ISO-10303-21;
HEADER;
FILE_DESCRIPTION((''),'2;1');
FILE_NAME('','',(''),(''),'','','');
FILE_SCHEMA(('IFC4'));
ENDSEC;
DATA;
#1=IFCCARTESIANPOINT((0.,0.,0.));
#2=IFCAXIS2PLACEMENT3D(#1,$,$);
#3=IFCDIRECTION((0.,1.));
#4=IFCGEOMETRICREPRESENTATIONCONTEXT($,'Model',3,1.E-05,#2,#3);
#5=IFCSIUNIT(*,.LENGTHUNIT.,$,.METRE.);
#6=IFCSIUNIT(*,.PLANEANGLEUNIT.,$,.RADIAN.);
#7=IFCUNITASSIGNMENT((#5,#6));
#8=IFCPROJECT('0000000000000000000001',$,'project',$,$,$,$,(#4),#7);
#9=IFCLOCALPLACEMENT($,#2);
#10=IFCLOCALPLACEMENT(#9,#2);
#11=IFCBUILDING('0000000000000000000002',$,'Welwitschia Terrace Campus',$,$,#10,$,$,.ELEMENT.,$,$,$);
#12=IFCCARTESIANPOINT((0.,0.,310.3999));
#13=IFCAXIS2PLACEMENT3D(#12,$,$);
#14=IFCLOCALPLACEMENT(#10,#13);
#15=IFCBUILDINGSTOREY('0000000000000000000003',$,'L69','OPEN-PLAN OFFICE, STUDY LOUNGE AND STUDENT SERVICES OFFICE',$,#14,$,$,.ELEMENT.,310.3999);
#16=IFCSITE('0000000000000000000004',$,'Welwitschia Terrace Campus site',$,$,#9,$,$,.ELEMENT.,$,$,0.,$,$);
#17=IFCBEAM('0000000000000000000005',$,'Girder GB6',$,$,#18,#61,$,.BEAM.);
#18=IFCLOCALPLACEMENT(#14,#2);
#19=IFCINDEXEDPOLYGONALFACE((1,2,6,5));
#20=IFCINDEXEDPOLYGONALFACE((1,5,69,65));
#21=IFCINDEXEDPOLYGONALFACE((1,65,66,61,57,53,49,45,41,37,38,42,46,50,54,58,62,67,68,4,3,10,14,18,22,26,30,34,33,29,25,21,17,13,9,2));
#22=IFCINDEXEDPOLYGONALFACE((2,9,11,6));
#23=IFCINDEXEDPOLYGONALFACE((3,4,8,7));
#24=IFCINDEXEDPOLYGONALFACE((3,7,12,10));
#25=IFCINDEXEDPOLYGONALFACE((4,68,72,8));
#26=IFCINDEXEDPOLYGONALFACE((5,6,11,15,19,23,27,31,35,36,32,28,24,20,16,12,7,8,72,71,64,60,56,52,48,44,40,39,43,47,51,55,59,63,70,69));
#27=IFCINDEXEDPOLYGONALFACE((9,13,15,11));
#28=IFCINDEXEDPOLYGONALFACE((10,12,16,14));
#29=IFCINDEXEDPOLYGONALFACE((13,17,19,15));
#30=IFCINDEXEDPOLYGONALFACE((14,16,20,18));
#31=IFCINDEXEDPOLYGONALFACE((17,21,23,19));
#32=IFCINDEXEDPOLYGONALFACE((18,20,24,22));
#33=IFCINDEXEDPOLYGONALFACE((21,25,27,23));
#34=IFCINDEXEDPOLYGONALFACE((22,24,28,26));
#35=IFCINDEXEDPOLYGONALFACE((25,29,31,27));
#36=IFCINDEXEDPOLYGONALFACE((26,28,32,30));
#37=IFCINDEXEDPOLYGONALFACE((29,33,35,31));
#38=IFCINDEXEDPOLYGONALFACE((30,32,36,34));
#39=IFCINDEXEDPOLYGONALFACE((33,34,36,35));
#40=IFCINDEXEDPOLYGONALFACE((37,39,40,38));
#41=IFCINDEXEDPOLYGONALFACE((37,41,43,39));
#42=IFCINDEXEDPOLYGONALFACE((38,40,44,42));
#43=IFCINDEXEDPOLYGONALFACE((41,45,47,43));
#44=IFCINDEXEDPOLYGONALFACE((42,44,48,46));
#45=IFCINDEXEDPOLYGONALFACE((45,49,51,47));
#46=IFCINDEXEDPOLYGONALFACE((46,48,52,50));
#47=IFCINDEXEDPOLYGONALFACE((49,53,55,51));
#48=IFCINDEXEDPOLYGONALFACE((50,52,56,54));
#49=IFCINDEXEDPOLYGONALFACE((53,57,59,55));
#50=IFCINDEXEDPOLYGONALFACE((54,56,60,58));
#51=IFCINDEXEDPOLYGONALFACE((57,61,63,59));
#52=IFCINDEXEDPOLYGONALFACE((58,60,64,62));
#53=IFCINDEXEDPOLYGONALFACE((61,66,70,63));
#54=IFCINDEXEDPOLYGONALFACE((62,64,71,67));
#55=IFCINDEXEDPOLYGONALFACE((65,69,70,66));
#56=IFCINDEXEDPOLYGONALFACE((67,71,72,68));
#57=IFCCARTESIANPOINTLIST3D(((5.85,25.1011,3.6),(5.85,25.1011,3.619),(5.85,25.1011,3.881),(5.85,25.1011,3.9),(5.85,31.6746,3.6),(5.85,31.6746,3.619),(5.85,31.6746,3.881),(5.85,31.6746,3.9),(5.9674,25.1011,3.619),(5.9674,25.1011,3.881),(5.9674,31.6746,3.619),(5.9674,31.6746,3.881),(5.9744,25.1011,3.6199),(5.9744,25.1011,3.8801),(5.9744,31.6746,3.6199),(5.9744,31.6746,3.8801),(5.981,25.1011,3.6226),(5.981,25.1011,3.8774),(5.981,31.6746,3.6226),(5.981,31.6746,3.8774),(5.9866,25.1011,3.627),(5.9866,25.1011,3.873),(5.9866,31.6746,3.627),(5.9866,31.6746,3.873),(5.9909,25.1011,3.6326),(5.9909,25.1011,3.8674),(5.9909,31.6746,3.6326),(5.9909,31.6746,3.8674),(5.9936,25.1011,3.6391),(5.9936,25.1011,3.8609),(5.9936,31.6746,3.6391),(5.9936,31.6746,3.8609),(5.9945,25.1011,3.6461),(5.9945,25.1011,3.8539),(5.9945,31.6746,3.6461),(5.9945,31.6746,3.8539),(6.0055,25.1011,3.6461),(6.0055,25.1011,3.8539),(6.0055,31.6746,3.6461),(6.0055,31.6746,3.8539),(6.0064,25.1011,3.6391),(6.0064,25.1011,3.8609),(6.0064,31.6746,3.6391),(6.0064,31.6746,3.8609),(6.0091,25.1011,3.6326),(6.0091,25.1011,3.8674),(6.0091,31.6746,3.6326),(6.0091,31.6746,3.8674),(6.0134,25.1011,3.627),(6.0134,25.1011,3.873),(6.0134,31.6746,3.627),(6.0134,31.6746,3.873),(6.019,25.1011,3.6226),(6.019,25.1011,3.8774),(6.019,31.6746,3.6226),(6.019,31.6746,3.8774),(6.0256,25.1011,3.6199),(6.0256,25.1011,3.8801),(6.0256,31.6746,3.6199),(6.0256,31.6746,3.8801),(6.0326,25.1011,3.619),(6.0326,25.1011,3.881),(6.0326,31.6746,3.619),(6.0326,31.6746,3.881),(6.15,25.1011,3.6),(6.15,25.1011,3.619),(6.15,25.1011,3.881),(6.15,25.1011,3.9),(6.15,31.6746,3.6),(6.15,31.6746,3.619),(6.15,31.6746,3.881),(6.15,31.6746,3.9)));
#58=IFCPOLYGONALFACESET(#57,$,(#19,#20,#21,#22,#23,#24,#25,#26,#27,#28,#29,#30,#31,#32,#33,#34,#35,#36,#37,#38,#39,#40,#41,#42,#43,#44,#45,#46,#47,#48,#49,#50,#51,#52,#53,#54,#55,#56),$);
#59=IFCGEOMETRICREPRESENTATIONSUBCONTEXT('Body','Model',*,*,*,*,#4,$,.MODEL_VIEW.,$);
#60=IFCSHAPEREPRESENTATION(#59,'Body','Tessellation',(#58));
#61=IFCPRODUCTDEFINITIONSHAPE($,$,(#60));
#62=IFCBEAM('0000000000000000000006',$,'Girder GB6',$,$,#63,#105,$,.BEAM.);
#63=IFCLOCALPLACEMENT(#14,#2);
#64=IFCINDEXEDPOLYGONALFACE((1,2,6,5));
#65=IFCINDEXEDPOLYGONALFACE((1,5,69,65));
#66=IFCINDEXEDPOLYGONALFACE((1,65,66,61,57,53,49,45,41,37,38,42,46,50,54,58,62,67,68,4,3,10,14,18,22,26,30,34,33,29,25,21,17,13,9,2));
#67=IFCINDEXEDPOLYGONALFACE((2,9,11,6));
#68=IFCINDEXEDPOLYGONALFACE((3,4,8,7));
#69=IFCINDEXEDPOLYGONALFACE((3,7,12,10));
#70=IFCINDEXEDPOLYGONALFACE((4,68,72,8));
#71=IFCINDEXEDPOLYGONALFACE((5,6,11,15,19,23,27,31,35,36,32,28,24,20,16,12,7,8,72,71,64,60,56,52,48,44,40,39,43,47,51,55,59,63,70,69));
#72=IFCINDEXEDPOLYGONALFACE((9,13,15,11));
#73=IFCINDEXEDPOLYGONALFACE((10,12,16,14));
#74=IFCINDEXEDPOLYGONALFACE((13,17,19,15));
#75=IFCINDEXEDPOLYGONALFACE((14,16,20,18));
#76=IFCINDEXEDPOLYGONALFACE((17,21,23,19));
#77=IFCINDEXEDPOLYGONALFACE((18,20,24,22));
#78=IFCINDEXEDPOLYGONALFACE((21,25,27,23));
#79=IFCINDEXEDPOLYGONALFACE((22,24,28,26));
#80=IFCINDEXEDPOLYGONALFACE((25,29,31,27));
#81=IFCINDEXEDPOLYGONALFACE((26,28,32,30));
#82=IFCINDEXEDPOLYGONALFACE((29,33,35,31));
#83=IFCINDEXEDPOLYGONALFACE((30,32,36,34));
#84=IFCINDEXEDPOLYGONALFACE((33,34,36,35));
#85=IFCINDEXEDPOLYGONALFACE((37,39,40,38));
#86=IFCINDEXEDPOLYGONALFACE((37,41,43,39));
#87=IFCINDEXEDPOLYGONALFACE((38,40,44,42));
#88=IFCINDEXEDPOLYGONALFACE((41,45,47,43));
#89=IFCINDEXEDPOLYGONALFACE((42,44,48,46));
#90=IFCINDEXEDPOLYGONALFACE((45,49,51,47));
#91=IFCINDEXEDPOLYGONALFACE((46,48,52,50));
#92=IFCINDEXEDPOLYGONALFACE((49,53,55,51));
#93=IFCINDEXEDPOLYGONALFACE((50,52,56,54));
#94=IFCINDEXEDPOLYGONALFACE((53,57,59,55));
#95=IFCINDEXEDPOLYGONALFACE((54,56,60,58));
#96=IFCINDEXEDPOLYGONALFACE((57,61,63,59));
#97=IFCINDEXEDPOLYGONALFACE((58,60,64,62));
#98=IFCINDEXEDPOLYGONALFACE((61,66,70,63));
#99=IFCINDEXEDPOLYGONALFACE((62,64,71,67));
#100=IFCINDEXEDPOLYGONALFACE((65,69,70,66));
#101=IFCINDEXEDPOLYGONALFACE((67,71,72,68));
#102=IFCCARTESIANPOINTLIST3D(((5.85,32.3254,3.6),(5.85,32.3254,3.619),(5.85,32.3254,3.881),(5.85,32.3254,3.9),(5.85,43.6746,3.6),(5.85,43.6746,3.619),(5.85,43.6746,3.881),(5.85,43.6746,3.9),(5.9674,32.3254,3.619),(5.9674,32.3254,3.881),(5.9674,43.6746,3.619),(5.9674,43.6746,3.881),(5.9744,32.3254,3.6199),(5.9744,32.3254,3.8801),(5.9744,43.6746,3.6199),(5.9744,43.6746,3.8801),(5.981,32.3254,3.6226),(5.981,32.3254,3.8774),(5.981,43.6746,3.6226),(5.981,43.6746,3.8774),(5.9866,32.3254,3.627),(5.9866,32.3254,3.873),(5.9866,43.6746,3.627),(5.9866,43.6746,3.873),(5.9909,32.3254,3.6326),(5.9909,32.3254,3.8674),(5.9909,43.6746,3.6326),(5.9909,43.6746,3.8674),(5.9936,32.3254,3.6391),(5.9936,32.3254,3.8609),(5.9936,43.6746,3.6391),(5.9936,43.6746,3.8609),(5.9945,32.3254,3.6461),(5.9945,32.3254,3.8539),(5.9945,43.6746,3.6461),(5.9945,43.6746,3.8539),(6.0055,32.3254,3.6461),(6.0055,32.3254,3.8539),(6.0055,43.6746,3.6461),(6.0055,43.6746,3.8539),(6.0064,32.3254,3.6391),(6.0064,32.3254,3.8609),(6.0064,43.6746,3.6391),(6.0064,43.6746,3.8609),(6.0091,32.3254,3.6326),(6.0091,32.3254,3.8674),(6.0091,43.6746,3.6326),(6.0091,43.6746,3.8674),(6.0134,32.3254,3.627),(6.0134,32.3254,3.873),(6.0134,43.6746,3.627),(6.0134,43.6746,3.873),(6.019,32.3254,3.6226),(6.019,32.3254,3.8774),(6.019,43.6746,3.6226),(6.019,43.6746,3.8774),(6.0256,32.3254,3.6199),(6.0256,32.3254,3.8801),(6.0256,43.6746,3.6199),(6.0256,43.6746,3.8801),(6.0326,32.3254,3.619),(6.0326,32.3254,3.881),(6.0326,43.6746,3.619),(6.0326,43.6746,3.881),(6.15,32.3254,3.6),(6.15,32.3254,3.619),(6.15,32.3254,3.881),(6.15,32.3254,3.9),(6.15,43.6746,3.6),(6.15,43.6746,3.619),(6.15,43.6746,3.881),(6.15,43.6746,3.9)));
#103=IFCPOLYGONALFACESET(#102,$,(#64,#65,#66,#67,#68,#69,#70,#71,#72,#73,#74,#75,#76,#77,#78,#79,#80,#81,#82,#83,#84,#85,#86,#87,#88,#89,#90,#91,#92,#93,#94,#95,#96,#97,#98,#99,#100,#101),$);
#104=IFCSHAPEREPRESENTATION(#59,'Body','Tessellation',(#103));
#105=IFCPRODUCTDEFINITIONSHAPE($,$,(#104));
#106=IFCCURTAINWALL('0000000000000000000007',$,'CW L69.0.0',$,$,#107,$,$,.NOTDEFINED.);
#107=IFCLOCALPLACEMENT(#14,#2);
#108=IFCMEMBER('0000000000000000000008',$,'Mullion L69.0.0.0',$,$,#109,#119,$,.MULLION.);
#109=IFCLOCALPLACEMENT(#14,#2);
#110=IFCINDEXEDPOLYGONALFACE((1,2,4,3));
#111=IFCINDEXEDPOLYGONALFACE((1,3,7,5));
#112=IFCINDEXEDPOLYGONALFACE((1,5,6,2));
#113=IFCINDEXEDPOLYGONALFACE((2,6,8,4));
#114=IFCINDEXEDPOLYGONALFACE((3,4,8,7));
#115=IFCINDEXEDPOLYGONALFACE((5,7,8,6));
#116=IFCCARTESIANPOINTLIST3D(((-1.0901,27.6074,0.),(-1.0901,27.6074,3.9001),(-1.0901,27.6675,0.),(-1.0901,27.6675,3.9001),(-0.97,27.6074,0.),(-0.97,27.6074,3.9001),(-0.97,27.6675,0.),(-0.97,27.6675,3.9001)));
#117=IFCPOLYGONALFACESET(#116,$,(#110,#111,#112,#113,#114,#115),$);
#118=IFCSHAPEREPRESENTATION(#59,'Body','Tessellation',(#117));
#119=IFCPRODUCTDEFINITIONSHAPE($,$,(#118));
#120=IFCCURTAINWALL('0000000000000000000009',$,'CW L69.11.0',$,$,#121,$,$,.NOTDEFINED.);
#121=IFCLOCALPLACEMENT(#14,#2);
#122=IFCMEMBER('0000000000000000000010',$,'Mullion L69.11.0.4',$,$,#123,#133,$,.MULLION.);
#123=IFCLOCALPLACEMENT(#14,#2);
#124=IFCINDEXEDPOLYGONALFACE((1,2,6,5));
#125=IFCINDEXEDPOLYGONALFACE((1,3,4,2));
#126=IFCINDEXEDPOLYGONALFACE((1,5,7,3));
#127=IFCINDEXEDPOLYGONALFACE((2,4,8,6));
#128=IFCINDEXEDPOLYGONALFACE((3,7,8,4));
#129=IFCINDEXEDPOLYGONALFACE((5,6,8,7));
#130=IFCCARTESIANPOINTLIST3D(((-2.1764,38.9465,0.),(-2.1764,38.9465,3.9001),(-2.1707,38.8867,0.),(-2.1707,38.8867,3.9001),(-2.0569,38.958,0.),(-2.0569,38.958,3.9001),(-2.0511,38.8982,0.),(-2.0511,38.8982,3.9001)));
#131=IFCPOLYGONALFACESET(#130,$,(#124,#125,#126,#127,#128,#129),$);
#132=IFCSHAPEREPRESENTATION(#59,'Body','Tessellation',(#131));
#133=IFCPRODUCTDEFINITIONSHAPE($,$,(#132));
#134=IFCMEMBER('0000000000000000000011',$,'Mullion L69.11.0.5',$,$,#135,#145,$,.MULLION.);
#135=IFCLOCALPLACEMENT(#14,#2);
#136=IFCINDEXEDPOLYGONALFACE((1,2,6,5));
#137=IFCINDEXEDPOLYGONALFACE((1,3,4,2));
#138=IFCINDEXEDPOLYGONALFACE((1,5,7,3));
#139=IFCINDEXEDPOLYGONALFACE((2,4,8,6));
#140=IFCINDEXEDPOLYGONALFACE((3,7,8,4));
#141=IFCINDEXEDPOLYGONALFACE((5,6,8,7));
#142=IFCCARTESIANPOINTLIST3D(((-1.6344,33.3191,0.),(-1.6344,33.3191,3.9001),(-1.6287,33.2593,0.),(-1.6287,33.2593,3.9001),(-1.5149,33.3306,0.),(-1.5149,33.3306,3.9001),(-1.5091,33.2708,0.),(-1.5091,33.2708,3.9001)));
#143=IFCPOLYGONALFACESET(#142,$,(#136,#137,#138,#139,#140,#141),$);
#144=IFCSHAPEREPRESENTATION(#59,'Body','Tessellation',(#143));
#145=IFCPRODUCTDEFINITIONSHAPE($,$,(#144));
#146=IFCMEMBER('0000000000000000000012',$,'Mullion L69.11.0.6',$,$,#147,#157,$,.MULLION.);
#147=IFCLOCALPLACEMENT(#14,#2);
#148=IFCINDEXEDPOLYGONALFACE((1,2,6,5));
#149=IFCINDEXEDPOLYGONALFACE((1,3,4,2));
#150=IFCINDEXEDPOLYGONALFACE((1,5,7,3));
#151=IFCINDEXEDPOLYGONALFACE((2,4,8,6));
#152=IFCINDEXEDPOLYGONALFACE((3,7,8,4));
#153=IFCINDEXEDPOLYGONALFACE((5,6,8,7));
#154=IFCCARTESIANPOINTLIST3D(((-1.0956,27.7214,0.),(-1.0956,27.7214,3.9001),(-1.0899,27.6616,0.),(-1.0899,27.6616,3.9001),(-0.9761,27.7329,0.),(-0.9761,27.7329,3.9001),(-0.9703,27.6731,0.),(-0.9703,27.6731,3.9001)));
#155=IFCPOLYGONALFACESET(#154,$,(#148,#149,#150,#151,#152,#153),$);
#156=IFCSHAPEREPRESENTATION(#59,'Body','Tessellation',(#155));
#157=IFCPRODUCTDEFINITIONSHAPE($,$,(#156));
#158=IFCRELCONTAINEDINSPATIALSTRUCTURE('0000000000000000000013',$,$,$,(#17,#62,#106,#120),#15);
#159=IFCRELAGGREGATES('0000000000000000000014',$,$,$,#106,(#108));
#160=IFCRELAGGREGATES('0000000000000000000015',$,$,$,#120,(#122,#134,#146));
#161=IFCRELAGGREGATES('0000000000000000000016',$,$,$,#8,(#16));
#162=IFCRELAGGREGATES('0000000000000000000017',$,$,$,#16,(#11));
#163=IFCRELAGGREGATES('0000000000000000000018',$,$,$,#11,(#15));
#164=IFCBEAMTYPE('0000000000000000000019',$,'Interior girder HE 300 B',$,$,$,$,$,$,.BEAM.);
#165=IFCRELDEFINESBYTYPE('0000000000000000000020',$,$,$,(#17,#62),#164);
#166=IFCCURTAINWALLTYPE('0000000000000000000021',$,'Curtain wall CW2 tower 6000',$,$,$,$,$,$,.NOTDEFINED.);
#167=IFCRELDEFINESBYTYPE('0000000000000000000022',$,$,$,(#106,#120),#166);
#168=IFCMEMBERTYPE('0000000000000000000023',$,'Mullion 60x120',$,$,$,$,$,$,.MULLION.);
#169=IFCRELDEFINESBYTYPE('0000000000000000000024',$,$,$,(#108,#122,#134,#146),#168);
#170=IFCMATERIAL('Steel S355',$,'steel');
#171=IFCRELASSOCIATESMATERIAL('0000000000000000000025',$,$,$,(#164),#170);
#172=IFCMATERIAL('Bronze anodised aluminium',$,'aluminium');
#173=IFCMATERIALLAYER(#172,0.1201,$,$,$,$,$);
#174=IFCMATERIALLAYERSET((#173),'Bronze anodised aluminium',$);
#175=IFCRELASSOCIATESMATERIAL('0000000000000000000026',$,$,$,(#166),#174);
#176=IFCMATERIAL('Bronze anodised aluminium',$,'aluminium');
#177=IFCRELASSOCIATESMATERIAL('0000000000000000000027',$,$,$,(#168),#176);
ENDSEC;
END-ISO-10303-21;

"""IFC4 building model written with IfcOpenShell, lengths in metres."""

from ifc_helpers import new_model, si_unit, direction, frame, origin, origin_2d, place, context, subcontext, project, spatial, rectangle, i_section, extrude, material, layer, layer_set, material_profile, profile_set, type_object, element, aggregate, save


model = new_model("IFC4")

# Units and contexts
model_context = context("Model", 3, precision=1e-05, world=origin(), true_north=direction((0.0, 1.0)))
body_context = subcontext(model_context, "Body", "Model", "MODEL_VIEW")
ifc_project = project(units=[si_unit("LENGTHUNIT", "METRE"), si_unit("PLANEANGLEUNIT", "RADIAN")], contexts=[model_context])

# Site, building, storey
site_placement = place(None, origin())
site = spatial("IfcSite", under=ifc_project, at=site_placement, Name="Welwitschia Terrace Campus site", CompositionType="ELEMENT", RefElevation=0.0)
building_placement = place(site_placement, origin())
building = spatial("IfcBuilding", under=site, at=building_placement, Name="Welwitschia Terrace Campus", CompositionType="ELEMENT")
storey_placement = place(building_placement, frame((0.0, 0.0, 310.3999)))
storey = spatial("IfcBuildingStorey", under=building, at=storey_placement, Name="L69", Description="OPEN-PLAN OFFICE, STUDY LOUNGE AND STUDENT SERVICES OFFICE", CompositionType="ELEMENT", Elevation=310.3999)

# Beams
ifc_material_1 = material(Name="Steel S355", Category="steel")
ifc_material_profile_1 = material_profile(ifc_material_1, i_section(OverallWidth=0.3, OverallDepth=0.3, WebThickness=0.011, FlangeThickness=0.019, FilletRadius=0.0271, at=origin_2d()))
ifc_profile_set_1 = profile_set([ifc_material_profile_1], Name="Steel S355")
beam_type_1 = type_object("IfcBeamType", Name="Interior girder HE 300 B", PredefinedType="BEAM", material=ifc_profile_set_1)
beam_1_placement = place(storey_placement, frame((6.0, 25.1011, 3.75), z_axis=(0.0, 1.0, 0.0), x_axis=(-1.0, 0.0, 0.0)))
element("IfcBeam", 1, at=beam_1_placement, inside=storey, type_object=beam_type_1, Name="Girder GB6", PredefinedType="BEAM", context=body_context, shape_type="SweptSolid", body=[
    extrude(i_section(OverallWidth=0.3, OverallDepth=0.3, WebThickness=0.011, FlangeThickness=0.019, FilletRadius=0.0271, at=origin_2d()), origin(), (0.0, 0.0, 1.0), 6.5735),
])
beam_2_placement = place(storey_placement, frame((6.0, 32.3254, 3.75), z_axis=(0.0, 1.0, 0.0), x_axis=(-1.0, 0.0, 0.0)))
element("IfcBeam", 2, at=beam_2_placement, inside=storey, type_object=beam_type_1, Name="Girder GB6", PredefinedType="BEAM", context=body_context, shape_type="SweptSolid", body=[
    extrude(i_section(OverallWidth=0.3, OverallDepth=0.3, WebThickness=0.011, FlangeThickness=0.019, FilletRadius=0.0271, at=origin_2d()), origin(), (0.0, 0.0, 1.0), 11.3491),
])

# Curtain wall, member
ifc_material_2 = material(Name="Bronze anodised aluminium", Category="aluminium")
ifc_layer_1 = layer(ifc_material_2, 0.1201)
ifc_layer_set_1 = layer_set([ifc_layer_1], Name="Bronze anodised aluminium")
curtain_wall_type = type_object("IfcCurtainWallType", Name="Curtain wall CW2 tower 6000", PredefinedType="NOTDEFINED", material=ifc_layer_set_1)
curtain_wall_1_placement = place(storey_placement, origin())
curtain_wall_1 = element("IfcCurtainWall", 3, at=curtain_wall_1_placement, inside=storey, type_object=curtain_wall_type, Name="CW L69.0.0", PredefinedType="NOTDEFINED")
ifc_material_3 = material(Name="Bronze anodised aluminium", Category="aluminium")
ifc_material_profile_2 = material_profile(ifc_material_3, rectangle(XDim=0.1201, YDim=0.0601, at=origin_2d()))
ifc_profile_set_2 = profile_set([ifc_material_profile_2], Name="Bronze anodised aluminium")
member_type_1 = type_object("IfcMemberType", Name="Mullion 60x120", PredefinedType="MULLION", material=ifc_profile_set_2)
member_1_placement = place(storey_placement, frame((-1.03, 27.6375, 0.0), z_axis=(0.0, 0.0, 1.0), x_axis=(1.0, 0.0, 0.0)))
member_1 = element("IfcMember", 4, at=member_1_placement, type_object=member_type_1, Name="Mullion L69.0.0.0", PredefinedType="MULLION", context=body_context, shape_type="SweptSolid", body=[
    extrude(rectangle(XDim=0.1201, YDim=0.0601, at=origin_2d()), origin(), (0.0, 0.0, 1.0), 3.9001),
])

# Curtain wall, members
curtain_wall_2_placement = place(storey_placement, origin())
curtain_wall_2 = element("IfcCurtainWall", 5, at=curtain_wall_2_placement, inside=storey, type_object=curtain_wall_type, Name="CW L69.11.0", PredefinedType="NOTDEFINED")
member_2_placement = place(storey_placement, frame((-2.1138, 38.9224, 0.0), z_axis=(0.0, 0.0, 1.0), x_axis=(0.995396, 0.095846, 0.0)))
member_2 = element("IfcMember", 6, at=member_2_placement, type_object=member_type_1, Name="Mullion L69.11.0.4", PredefinedType="MULLION", context=body_context, shape_type="SweptSolid", body=[
    extrude(rectangle(XDim=0.1201, YDim=0.0601, at=origin_2d()), origin(), (0.0, 0.0, 1.0), 3.9001),
])
member_3_placement = place(storey_placement, frame((-1.5718, 33.2949, 0.0), z_axis=(0.0, 0.0, 1.0), x_axis=(0.995396, 0.095846, 0.0)))
member_3 = element("IfcMember", 7, at=member_3_placement, type_object=member_type_1, Name="Mullion L69.11.0.5", PredefinedType="MULLION", context=body_context, shape_type="SweptSolid", body=[
    extrude(rectangle(XDim=0.1201, YDim=0.0601, at=origin_2d()), origin(), (0.0, 0.0, 1.0), 3.9001),
])
member_4_placement = place(storey_placement, frame((-1.033, 27.6973, 0.0), z_axis=(0.0, 0.0, 1.0), x_axis=(0.995396, 0.095846, 0.0)))
member_4 = element("IfcMember", 8, at=member_4_placement, type_object=member_type_1, Name="Mullion L69.11.0.6", PredefinedType="MULLION", context=body_context, shape_type="SweptSolid", body=[
    extrude(rectangle(XDim=0.1201, YDim=0.0601, at=origin_2d()), origin(), (0.0, 0.0, 1.0), 3.9001),
])

aggregate(curtain_wall_1, [member_1])

aggregate(curtain_wall_2, [member_2, member_3, member_4])

save(model, "model.ifc")
